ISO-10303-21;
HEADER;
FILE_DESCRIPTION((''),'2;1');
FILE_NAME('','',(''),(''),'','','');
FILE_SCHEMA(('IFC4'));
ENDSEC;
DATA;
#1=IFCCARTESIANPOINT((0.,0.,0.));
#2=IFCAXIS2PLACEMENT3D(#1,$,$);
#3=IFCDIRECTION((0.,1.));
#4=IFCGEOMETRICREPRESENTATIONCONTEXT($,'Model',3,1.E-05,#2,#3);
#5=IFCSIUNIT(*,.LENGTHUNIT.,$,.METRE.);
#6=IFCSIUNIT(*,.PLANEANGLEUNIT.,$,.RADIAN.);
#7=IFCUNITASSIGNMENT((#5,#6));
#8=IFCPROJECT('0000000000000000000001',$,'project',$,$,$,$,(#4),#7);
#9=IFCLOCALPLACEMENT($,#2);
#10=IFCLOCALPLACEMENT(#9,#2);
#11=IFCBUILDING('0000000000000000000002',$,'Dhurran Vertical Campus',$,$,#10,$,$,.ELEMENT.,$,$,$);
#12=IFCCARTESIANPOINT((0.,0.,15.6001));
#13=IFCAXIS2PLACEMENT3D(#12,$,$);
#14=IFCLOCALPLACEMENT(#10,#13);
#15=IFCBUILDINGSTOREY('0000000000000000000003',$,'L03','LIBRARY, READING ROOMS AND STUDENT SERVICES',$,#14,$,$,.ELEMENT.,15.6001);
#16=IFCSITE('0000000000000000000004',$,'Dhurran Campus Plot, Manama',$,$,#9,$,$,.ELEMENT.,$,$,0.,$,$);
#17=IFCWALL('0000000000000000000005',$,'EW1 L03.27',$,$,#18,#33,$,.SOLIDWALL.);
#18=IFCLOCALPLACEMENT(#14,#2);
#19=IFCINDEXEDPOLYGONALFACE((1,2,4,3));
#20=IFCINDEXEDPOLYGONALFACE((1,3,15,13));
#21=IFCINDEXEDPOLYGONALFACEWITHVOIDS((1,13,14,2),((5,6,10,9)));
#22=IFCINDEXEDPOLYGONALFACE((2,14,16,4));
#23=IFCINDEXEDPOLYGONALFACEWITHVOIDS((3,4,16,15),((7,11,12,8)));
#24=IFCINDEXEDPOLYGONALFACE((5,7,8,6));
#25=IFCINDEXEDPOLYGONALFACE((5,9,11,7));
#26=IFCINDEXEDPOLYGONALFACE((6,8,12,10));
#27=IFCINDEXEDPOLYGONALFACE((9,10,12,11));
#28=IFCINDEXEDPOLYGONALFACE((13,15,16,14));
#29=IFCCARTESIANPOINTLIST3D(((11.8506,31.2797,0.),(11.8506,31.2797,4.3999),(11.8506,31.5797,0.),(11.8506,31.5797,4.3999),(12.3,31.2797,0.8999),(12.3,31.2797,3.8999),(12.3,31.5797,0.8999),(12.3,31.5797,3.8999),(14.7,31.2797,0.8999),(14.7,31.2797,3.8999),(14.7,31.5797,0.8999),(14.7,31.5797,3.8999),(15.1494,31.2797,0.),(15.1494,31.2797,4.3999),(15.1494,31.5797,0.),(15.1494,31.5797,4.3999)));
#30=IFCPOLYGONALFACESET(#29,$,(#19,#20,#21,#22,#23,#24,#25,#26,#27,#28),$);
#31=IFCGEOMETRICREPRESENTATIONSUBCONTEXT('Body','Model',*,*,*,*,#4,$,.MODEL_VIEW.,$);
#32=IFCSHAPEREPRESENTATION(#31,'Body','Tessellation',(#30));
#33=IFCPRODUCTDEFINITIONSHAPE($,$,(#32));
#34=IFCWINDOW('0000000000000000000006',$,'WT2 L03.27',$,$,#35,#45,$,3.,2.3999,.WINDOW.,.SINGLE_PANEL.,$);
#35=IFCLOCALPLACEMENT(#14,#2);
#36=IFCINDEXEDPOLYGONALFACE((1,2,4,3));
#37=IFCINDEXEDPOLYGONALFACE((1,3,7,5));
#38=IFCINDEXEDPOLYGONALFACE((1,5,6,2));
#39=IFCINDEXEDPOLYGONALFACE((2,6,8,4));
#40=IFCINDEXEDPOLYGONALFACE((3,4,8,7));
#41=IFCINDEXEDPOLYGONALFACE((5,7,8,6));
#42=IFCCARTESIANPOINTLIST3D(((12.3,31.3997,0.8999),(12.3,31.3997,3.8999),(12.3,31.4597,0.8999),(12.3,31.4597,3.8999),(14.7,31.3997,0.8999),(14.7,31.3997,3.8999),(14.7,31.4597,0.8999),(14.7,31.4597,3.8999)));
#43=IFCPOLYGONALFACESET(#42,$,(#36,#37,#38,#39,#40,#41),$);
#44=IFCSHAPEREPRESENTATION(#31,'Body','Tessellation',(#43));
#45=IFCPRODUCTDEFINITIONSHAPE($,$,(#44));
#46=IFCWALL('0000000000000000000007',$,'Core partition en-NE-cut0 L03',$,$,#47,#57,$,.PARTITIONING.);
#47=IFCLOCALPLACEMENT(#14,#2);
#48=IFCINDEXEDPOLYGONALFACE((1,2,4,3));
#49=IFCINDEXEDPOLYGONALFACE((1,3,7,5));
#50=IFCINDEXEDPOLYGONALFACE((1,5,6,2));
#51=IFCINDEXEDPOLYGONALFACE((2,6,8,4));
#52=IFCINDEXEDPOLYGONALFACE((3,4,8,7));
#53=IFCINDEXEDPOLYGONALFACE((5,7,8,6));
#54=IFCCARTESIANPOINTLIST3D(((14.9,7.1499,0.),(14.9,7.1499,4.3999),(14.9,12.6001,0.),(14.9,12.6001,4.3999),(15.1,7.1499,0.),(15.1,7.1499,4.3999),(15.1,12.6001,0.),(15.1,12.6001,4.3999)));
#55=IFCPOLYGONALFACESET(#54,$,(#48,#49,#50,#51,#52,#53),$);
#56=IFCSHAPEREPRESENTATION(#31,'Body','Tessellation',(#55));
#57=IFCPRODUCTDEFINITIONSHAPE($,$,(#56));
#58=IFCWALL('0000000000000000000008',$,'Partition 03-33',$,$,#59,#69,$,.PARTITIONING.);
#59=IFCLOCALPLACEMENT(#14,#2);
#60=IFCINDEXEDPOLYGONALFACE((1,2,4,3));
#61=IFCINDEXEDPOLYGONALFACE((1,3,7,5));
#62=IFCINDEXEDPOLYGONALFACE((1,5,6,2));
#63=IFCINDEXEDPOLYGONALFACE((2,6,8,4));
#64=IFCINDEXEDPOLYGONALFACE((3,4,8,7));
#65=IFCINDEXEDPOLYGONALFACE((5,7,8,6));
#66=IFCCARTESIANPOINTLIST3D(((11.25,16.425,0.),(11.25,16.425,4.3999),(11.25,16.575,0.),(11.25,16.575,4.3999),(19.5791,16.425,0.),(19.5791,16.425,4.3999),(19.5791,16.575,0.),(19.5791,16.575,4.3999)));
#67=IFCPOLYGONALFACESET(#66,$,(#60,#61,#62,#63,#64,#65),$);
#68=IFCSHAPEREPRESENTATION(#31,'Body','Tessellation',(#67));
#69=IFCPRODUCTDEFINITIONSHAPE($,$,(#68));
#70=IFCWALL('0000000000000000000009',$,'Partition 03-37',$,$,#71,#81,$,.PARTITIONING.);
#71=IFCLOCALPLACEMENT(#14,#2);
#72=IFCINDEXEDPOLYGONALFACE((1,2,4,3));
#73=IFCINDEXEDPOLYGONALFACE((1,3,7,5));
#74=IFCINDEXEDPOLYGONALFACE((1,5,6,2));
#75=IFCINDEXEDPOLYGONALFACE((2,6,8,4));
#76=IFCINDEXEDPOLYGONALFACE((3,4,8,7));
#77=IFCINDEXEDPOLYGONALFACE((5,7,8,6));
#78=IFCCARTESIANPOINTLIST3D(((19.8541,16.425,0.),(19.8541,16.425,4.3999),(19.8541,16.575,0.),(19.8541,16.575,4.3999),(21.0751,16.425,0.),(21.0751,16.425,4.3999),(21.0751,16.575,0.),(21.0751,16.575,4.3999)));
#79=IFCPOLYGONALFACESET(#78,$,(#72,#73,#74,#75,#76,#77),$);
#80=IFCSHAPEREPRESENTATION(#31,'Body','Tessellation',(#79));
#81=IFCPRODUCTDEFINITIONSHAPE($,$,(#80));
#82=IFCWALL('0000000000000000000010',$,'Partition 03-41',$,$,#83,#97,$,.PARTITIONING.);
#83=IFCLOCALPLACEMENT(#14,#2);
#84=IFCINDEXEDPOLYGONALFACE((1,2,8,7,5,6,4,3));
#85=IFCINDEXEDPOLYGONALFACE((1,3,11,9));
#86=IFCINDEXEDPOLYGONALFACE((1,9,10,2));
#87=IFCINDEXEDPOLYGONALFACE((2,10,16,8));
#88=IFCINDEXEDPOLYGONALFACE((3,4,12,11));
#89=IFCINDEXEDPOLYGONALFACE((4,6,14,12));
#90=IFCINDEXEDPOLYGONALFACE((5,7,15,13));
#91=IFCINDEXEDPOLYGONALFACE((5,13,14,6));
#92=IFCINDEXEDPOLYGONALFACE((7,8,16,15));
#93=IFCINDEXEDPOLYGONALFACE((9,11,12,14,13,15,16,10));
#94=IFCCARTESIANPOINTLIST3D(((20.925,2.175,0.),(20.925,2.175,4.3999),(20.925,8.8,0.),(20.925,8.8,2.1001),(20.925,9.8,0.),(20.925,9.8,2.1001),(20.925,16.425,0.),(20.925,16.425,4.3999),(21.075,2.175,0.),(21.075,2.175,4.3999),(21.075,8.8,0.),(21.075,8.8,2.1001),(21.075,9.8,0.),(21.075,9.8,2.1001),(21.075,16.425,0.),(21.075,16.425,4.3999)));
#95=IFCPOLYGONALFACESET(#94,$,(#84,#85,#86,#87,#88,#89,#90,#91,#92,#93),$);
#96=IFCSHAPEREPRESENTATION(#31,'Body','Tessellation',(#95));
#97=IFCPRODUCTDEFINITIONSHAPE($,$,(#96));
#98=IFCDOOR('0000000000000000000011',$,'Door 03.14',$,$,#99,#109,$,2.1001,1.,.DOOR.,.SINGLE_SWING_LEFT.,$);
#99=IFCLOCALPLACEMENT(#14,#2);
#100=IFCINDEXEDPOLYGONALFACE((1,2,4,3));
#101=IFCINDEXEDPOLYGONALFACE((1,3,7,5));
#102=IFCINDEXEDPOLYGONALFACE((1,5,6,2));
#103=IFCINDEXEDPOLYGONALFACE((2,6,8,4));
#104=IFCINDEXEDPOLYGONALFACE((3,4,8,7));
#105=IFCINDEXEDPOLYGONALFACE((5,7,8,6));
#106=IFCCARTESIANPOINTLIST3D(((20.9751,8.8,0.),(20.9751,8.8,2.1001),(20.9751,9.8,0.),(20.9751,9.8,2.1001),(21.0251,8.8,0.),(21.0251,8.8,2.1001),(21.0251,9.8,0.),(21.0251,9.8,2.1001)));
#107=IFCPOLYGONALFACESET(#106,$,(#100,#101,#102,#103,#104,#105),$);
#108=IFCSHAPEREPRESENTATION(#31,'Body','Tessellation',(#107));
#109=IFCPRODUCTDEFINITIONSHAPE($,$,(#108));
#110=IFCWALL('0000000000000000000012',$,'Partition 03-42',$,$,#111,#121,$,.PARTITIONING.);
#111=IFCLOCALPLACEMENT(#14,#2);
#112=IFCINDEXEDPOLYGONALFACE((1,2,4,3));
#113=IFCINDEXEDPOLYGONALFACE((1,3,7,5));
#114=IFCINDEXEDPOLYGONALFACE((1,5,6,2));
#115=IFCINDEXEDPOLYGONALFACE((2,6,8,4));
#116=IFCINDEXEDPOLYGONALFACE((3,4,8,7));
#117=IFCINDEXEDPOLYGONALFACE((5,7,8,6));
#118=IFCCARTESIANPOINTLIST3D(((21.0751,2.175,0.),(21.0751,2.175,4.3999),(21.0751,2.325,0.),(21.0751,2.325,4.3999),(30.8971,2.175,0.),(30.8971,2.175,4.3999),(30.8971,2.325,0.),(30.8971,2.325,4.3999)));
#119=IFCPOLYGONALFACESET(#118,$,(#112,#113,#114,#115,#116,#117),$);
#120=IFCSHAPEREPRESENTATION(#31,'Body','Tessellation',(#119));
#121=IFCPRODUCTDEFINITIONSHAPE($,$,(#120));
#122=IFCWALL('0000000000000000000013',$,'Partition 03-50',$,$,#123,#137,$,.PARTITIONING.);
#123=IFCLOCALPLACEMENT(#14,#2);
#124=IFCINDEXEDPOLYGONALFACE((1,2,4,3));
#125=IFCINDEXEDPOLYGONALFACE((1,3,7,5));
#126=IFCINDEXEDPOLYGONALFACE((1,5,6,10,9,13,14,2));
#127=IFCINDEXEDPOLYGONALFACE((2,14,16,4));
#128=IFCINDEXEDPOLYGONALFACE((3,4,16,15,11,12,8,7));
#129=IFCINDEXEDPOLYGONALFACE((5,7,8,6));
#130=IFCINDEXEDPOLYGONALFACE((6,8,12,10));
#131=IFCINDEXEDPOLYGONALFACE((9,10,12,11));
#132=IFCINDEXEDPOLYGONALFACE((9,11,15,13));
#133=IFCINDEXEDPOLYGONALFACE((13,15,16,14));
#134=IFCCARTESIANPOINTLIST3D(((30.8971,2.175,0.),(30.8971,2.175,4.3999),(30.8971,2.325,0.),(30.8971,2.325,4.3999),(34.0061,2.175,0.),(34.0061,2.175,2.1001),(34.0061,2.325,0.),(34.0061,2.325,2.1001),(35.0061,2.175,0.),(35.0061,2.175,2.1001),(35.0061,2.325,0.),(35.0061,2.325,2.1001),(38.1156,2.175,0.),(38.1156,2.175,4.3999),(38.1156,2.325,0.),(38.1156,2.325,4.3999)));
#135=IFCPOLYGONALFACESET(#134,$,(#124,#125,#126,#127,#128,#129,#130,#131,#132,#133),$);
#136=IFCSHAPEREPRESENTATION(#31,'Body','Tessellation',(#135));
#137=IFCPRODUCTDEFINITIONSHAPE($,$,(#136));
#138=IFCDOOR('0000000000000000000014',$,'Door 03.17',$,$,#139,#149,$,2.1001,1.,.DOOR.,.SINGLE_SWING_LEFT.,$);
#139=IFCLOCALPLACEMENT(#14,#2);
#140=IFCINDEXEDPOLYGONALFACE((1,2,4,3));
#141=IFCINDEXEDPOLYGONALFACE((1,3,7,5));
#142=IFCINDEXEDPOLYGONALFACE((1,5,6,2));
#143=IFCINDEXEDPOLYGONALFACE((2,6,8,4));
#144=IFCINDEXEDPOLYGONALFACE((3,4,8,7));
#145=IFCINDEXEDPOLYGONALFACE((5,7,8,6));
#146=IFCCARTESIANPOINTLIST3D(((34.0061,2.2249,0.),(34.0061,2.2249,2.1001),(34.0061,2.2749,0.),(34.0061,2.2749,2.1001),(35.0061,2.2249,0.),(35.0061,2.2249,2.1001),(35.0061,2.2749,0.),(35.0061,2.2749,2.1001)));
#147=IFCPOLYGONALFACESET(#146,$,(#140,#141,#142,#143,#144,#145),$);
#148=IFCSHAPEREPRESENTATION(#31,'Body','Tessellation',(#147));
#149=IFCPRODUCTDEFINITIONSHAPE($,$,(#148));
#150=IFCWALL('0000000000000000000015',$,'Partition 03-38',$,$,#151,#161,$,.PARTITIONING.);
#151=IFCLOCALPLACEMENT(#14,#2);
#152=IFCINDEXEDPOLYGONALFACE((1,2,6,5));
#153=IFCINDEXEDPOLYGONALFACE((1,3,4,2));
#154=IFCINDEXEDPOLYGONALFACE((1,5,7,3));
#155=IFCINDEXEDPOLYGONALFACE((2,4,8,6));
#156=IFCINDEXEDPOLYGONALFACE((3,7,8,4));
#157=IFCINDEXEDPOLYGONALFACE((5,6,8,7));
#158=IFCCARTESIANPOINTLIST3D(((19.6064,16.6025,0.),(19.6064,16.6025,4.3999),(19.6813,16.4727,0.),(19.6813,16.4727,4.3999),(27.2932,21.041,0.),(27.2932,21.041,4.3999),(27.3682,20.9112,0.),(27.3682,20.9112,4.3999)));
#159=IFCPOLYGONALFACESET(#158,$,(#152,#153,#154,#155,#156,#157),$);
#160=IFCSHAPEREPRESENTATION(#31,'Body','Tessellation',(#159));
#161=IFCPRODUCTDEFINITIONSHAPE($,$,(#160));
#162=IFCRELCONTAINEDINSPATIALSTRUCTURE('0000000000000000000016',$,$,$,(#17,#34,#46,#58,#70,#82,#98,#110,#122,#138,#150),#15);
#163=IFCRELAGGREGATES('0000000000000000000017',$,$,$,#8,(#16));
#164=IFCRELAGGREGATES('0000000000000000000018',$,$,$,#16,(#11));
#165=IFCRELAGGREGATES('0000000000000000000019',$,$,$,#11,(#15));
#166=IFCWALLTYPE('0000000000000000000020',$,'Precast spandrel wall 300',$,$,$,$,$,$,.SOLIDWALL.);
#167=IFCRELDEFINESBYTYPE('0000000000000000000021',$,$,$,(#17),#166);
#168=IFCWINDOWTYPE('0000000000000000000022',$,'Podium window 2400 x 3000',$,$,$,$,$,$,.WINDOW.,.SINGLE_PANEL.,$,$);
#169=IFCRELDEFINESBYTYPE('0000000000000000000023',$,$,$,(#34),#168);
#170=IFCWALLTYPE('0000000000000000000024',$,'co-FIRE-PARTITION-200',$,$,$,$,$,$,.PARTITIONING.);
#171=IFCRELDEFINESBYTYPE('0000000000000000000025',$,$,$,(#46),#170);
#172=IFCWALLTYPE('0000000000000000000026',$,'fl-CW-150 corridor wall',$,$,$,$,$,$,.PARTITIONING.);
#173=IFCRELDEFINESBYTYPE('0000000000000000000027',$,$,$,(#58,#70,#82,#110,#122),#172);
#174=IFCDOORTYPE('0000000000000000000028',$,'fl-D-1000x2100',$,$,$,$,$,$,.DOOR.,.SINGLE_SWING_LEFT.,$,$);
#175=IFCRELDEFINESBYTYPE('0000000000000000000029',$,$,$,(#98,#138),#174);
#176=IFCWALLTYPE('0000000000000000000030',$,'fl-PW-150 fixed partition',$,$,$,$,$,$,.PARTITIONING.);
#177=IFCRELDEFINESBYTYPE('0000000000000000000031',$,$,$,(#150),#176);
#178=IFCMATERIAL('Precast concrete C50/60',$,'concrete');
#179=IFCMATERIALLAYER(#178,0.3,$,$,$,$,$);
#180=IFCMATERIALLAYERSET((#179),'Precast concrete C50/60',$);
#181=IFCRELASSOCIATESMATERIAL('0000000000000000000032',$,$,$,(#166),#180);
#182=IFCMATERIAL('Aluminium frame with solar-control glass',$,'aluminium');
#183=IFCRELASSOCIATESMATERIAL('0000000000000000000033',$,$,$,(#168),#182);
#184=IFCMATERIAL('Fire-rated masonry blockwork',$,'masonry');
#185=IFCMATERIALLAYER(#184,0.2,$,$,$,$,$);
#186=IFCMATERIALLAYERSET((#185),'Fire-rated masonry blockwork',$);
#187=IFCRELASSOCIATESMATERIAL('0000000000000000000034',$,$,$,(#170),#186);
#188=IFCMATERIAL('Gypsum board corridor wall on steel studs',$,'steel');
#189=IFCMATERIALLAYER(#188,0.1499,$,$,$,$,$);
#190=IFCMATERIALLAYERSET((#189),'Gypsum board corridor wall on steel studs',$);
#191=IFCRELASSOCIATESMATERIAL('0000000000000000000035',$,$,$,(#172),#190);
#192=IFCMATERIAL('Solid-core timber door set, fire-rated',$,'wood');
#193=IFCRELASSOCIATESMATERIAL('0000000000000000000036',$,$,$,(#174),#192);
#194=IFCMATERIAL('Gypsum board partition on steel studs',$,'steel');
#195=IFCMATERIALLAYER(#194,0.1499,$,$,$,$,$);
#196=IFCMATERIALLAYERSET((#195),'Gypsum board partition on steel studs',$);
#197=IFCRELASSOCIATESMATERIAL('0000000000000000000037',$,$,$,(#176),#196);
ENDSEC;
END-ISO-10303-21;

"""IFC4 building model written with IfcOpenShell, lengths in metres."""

from ifc_helpers import new_model, si_unit, direction, frame, frame_2d, origin, place, context, subcontext, project, spatial, rectangle, extrude, material, layer, layer_set, type_object, element, fill, save


model = new_model("IFC4")

# Units and contexts
model_context = context("Model", 3, precision=1e-05, world=origin(), true_north=direction((0.0, 1.0)))
body_context = subcontext(model_context, "Body", "Model", "MODEL_VIEW")
ifc_project = project(units=[si_unit("LENGTHUNIT", "METRE"), si_unit("PLANEANGLEUNIT", "RADIAN")], contexts=[model_context])

# Site, building, storey
site_placement = place(None, origin())
site = spatial("IfcSite", under=ifc_project, at=site_placement, Name="Dhurran Campus Plot, Manama", CompositionType="ELEMENT", RefElevation=0.0)
building_placement = place(site_placement, origin())
building = spatial("IfcBuilding", under=site, at=building_placement, Name="Dhurran Vertical Campus", CompositionType="ELEMENT")
storey_placement = place(building_placement, frame((0.0, 0.0, 15.6001)))
storey = spatial("IfcBuildingStorey", under=building, at=storey_placement, Name="L03", Description="LIBRARY, READING ROOMS AND STUDENT SERVICES", CompositionType="ELEMENT", Elevation=15.6001)

# Wall, opening, window
ifc_material_1 = material(Name="Precast concrete C50/60", Category="concrete")
ifc_layer_1 = layer(ifc_material_1, 0.3)
ifc_layer_set_1 = layer_set([ifc_layer_1], Name="Precast concrete C50/60")
wall_type_1 = type_object("IfcWallType", Name="Precast spandrel wall 300", PredefinedType="SOLIDWALL", material=ifc_layer_set_1)
ifc_material_2 = material(Name="Aluminium frame with solar-control glass", Category="aluminium")
window_type = type_object("IfcWindowType", Name="Podium window 2400 x 3000", PartitioningType="SINGLE_PANEL", PredefinedType="WINDOW", material=ifc_material_2)
wall_1_placement = place(storey_placement, frame((15.1494, 31.4297, 0.0), z_axis=(0.0, 0.0, 1.0), x_axis=(-1.0, 0.0, 0.0)))
wall_1 = element("IfcWall", 1, at=wall_1_placement, inside=storey, type_object=wall_type_1, Name="EW1 L03.27", PredefinedType="SOLIDWALL", context=body_context, shape_type="SweptSolid", body=[
    extrude(rectangle(XDim=3.2988, YDim=0.3, at=frame_2d((1.6494, 0.0))), origin(), (0.0, 0.0, 1.0), 4.3999),
])
opening_1_placement = place(wall_1_placement, frame((0.4495, 0.0, 0.8999)))
opening_1 = element("IfcOpeningElement", 2, at=opening_1_placement, cuts=wall_1, PredefinedType="OPENING", context=body_context, shape_type="SweptSolid", body=[
    extrude(rectangle(XDim=2.3999, YDim=3.0, at=frame_2d((1.2, 1.5))), frame((0.0, 0.1599, 0.0), z_axis=(0.0, -1.0, 0.0), x_axis=(1.0, 0.0, 0.0)), (0.0, 0.0, 1.0), 0.3201),
])
window_1_placement = place(opening_1_placement, origin())
window_1 = element("IfcWindow", 3, at=window_1_placement, inside=storey, type_object=window_type, Name="WT2 L03.27", OverallHeight=3.0, OverallWidth=2.3999, PartitioningType="SINGLE_PANEL", PredefinedType="WINDOW", context=body_context, shape_type="SweptSolid", body=[
    extrude(rectangle(XDim=2.3999, YDim=3.0, at=frame_2d((1.2, 1.5))), frame((0.0, 0.03, 0.0), z_axis=(0.0, -1.0, 0.0), x_axis=(1.0, 0.0, 0.0)), (0.0, 0.0, 1.0), 0.0601),
])
fill(opening_1, window_1)

# Walls
ifc_material_3 = material(Name="Fire-rated masonry blockwork", Category="masonry")
ifc_layer_2 = layer(ifc_material_3, 0.2)
ifc_layer_set_2 = layer_set([ifc_layer_2], Name="Fire-rated masonry blockwork")
wall_type_2 = type_object("IfcWallType", Name="co-FIRE-PARTITION-200", PredefinedType="PARTITIONING", material=ifc_layer_set_2)
wall_2_placement = place(storey_placement, frame((15.0, 7.1499, 0.0), z_axis=(0.0, 0.0, 1.0), x_axis=(0.0, 1.0, 0.0)))
element("IfcWall", 4, at=wall_2_placement, inside=storey, type_object=wall_type_2, Name="Core partition en-NE-cut0 L03", PredefinedType="PARTITIONING", context=body_context, shape_type="SweptSolid", body=[
    extrude(rectangle(XDim=5.4502, YDim=0.2, at=frame_2d((2.7251, 0.0))), origin(), (0.0, 0.0, 1.0), 4.3999),
])
ifc_material_4 = material(Name="Gypsum board corridor wall on steel studs", Category="steel")
ifc_layer_3 = layer(ifc_material_4, 0.1499)
ifc_layer_set_3 = layer_set([ifc_layer_3], Name="Gypsum board corridor wall on steel studs")
wall_type_3 = type_object("IfcWallType", Name="fl-CW-150 corridor wall", PredefinedType="PARTITIONING", material=ifc_layer_set_3)
wall_3_placement = place(storey_placement, frame((19.5791, 16.5, 0.0), z_axis=(0.0, 0.0, 1.0), x_axis=(-1.0, 0.0, 0.0)))
element("IfcWall", 5, at=wall_3_placement, inside=storey, type_object=wall_type_3, Name="Partition 03-33", PredefinedType="PARTITIONING", context=body_context, shape_type="SweptSolid", body=[
    extrude(rectangle(XDim=8.3291, YDim=0.1499, at=frame_2d((4.1646, 0.0))), origin(), (0.0, 0.0, 1.0), 4.3999),
])
wall_4_placement = place(storey_placement, frame((21.075, 16.5, 0.0), z_axis=(0.0, 0.0, 1.0), x_axis=(-1.0, 0.0, 0.0)))
element("IfcWall", 6, at=wall_4_placement, inside=storey, type_object=wall_type_3, Name="Partition 03-37", PredefinedType="PARTITIONING", context=body_context, shape_type="SweptSolid", body=[
    extrude(rectangle(XDim=1.2209, YDim=0.1499, at=frame_2d((0.6104, 0.0))), origin(), (0.0, 0.0, 1.0), 4.3999),
])

# Wall, opening, door
wall_5_placement = place(storey_placement, frame((21.0, 2.175, 0.0), z_axis=(0.0, 0.0, 1.0), x_axis=(0.0, 1.0, 0.0)))
wall_5 = element("IfcWall", 7, at=wall_5_placement, inside=storey, type_object=wall_type_3, Name="Partition 03-41", PredefinedType="PARTITIONING", context=body_context, shape_type="SweptSolid", body=[
    extrude(rectangle(XDim=14.25, YDim=0.1499, at=frame_2d((7.125, 0.0))), origin(), (0.0, 0.0, 1.0), 4.3999),
])
opening_2_placement = place(wall_5_placement, frame((6.625, 0.0, 0.0)))
opening_2 = element("IfcOpeningElement", 8, at=opening_2_placement, cuts=wall_5, PredefinedType="OPENING", context=body_context, shape_type="SweptSolid", body=[
    extrude(rectangle(XDim=1.0, YDim=2.1001, at=frame_2d((0.5, 1.05))), frame((0.0, 0.085, 0.0), z_axis=(0.0, -1.0, 0.0), x_axis=(1.0, 0.0, 0.0)), (0.0, 0.0, 1.0), 0.1699),
])
ifc_material_5 = material(Name="Solid-core timber door set, fire-rated", Category="wood")
door_type = type_object("IfcDoorType", Name="fl-D-1000x2100", OperationType="SINGLE_SWING_LEFT", PredefinedType="DOOR", material=ifc_material_5)
door_1_placement = place(opening_2_placement, origin())
door_1 = element("IfcDoor", 9, at=door_1_placement, inside=storey, type_object=door_type, Name="Door 03.14", OperationType="SINGLE_SWING_LEFT", OverallHeight=2.1001, OverallWidth=1.0, PredefinedType="DOOR", context=body_context, shape_type="SweptSolid", body=[
    extrude(rectangle(XDim=1.0, YDim=2.1001, at=frame_2d((0.5, 1.05))), frame((0.0, 0.0249, 0.0), z_axis=(0.0, -1.0, 0.0), x_axis=(1.0, 0.0, 0.0)), (0.0, 0.0, 1.0), 0.05),
])
fill(opening_2, door_1)

# Wall
wall_6_placement = place(storey_placement, frame((21.075, 2.25, 0.0), z_axis=(0.0, 0.0, 1.0), x_axis=(1.0, 0.0, 0.0)))
element("IfcWall", 10, at=wall_6_placement, inside=storey, type_object=wall_type_3, Name="Partition 03-42", PredefinedType="PARTITIONING", context=body_context, shape_type="SweptSolid", body=[
    extrude(rectangle(XDim=9.822, YDim=0.1499, at=frame_2d((4.9111, 0.0))), origin(), (0.0, 0.0, 1.0), 4.3999),
])

# Wall, opening, door
wall_7_placement = place(storey_placement, frame((30.897, 2.25, 0.0), z_axis=(0.0, 0.0, 1.0), x_axis=(1.0, 0.0, 0.0)))
wall_7 = element("IfcWall", 11, at=wall_7_placement, inside=storey, type_object=wall_type_3, Name="Partition 03-50", PredefinedType="PARTITIONING", context=body_context, shape_type="SweptSolid", body=[
    extrude(rectangle(XDim=7.2185, YDim=0.1499, at=frame_2d((3.6094, 0.0))), origin(), (0.0, 0.0, 1.0), 4.3999),
])
opening_3_placement = place(wall_7_placement, frame((3.1091, 0.0, 0.0)))
opening_3 = element("IfcOpeningElement", 12, at=opening_3_placement, cuts=wall_7, PredefinedType="OPENING", context=body_context, shape_type="SweptSolid", body=[
    extrude(rectangle(XDim=1.0, YDim=2.1001, at=frame_2d((0.5, 1.05))), frame((0.0, 0.085, 0.0), z_axis=(0.0, -1.0, 0.0), x_axis=(1.0, 0.0, 0.0)), (0.0, 0.0, 1.0), 0.1699),
])
door_2_placement = place(opening_3_placement, origin())
door_2 = element("IfcDoor", 13, at=door_2_placement, inside=storey, type_object=door_type, Name="Door 03.17", OperationType="SINGLE_SWING_LEFT", OverallHeight=2.1001, OverallWidth=1.0, PredefinedType="DOOR", context=body_context, shape_type="SweptSolid", body=[
    extrude(rectangle(XDim=1.0, YDim=2.1001, at=frame_2d((0.5, 1.05))), frame((0.0, 0.0249, 0.0), z_axis=(0.0, -1.0, 0.0), x_axis=(1.0, 0.0, 0.0)), (0.0, 0.0, 1.0), 0.05),
])
fill(opening_3, door_2)

# Wall
ifc_material_6 = material(Name="Gypsum board partition on steel studs", Category="steel")
ifc_layer_4 = layer(ifc_material_6, 0.1499)
ifc_layer_set_4 = layer_set([ifc_layer_4], Name="Gypsum board partition on steel studs")
wall_type_4 = type_object("IfcWallType", Name="fl-PW-150 fixed partition", PredefinedType="PARTITIONING", material=ifc_layer_set_4)
wall_8_placement = place(storey_placement, frame((27.3306, 20.9761, 0.0), z_axis=(0.0, 0.0, 1.0), x_axis=(-0.866, -0.500044, 0.0)))
element("IfcWall", 14, at=wall_8_placement, inside=storey, type_object=wall_type_4, Name="Partition 03-38", PredefinedType="PARTITIONING", context=body_context, shape_type="SweptSolid", body=[
    extrude(rectangle(XDim=8.8762, YDim=0.1499, at=frame_2d((4.438, 0.0))), origin(), (0.0, 0.0, 1.0), 4.3999),
])

save(model, "model.ifc")
